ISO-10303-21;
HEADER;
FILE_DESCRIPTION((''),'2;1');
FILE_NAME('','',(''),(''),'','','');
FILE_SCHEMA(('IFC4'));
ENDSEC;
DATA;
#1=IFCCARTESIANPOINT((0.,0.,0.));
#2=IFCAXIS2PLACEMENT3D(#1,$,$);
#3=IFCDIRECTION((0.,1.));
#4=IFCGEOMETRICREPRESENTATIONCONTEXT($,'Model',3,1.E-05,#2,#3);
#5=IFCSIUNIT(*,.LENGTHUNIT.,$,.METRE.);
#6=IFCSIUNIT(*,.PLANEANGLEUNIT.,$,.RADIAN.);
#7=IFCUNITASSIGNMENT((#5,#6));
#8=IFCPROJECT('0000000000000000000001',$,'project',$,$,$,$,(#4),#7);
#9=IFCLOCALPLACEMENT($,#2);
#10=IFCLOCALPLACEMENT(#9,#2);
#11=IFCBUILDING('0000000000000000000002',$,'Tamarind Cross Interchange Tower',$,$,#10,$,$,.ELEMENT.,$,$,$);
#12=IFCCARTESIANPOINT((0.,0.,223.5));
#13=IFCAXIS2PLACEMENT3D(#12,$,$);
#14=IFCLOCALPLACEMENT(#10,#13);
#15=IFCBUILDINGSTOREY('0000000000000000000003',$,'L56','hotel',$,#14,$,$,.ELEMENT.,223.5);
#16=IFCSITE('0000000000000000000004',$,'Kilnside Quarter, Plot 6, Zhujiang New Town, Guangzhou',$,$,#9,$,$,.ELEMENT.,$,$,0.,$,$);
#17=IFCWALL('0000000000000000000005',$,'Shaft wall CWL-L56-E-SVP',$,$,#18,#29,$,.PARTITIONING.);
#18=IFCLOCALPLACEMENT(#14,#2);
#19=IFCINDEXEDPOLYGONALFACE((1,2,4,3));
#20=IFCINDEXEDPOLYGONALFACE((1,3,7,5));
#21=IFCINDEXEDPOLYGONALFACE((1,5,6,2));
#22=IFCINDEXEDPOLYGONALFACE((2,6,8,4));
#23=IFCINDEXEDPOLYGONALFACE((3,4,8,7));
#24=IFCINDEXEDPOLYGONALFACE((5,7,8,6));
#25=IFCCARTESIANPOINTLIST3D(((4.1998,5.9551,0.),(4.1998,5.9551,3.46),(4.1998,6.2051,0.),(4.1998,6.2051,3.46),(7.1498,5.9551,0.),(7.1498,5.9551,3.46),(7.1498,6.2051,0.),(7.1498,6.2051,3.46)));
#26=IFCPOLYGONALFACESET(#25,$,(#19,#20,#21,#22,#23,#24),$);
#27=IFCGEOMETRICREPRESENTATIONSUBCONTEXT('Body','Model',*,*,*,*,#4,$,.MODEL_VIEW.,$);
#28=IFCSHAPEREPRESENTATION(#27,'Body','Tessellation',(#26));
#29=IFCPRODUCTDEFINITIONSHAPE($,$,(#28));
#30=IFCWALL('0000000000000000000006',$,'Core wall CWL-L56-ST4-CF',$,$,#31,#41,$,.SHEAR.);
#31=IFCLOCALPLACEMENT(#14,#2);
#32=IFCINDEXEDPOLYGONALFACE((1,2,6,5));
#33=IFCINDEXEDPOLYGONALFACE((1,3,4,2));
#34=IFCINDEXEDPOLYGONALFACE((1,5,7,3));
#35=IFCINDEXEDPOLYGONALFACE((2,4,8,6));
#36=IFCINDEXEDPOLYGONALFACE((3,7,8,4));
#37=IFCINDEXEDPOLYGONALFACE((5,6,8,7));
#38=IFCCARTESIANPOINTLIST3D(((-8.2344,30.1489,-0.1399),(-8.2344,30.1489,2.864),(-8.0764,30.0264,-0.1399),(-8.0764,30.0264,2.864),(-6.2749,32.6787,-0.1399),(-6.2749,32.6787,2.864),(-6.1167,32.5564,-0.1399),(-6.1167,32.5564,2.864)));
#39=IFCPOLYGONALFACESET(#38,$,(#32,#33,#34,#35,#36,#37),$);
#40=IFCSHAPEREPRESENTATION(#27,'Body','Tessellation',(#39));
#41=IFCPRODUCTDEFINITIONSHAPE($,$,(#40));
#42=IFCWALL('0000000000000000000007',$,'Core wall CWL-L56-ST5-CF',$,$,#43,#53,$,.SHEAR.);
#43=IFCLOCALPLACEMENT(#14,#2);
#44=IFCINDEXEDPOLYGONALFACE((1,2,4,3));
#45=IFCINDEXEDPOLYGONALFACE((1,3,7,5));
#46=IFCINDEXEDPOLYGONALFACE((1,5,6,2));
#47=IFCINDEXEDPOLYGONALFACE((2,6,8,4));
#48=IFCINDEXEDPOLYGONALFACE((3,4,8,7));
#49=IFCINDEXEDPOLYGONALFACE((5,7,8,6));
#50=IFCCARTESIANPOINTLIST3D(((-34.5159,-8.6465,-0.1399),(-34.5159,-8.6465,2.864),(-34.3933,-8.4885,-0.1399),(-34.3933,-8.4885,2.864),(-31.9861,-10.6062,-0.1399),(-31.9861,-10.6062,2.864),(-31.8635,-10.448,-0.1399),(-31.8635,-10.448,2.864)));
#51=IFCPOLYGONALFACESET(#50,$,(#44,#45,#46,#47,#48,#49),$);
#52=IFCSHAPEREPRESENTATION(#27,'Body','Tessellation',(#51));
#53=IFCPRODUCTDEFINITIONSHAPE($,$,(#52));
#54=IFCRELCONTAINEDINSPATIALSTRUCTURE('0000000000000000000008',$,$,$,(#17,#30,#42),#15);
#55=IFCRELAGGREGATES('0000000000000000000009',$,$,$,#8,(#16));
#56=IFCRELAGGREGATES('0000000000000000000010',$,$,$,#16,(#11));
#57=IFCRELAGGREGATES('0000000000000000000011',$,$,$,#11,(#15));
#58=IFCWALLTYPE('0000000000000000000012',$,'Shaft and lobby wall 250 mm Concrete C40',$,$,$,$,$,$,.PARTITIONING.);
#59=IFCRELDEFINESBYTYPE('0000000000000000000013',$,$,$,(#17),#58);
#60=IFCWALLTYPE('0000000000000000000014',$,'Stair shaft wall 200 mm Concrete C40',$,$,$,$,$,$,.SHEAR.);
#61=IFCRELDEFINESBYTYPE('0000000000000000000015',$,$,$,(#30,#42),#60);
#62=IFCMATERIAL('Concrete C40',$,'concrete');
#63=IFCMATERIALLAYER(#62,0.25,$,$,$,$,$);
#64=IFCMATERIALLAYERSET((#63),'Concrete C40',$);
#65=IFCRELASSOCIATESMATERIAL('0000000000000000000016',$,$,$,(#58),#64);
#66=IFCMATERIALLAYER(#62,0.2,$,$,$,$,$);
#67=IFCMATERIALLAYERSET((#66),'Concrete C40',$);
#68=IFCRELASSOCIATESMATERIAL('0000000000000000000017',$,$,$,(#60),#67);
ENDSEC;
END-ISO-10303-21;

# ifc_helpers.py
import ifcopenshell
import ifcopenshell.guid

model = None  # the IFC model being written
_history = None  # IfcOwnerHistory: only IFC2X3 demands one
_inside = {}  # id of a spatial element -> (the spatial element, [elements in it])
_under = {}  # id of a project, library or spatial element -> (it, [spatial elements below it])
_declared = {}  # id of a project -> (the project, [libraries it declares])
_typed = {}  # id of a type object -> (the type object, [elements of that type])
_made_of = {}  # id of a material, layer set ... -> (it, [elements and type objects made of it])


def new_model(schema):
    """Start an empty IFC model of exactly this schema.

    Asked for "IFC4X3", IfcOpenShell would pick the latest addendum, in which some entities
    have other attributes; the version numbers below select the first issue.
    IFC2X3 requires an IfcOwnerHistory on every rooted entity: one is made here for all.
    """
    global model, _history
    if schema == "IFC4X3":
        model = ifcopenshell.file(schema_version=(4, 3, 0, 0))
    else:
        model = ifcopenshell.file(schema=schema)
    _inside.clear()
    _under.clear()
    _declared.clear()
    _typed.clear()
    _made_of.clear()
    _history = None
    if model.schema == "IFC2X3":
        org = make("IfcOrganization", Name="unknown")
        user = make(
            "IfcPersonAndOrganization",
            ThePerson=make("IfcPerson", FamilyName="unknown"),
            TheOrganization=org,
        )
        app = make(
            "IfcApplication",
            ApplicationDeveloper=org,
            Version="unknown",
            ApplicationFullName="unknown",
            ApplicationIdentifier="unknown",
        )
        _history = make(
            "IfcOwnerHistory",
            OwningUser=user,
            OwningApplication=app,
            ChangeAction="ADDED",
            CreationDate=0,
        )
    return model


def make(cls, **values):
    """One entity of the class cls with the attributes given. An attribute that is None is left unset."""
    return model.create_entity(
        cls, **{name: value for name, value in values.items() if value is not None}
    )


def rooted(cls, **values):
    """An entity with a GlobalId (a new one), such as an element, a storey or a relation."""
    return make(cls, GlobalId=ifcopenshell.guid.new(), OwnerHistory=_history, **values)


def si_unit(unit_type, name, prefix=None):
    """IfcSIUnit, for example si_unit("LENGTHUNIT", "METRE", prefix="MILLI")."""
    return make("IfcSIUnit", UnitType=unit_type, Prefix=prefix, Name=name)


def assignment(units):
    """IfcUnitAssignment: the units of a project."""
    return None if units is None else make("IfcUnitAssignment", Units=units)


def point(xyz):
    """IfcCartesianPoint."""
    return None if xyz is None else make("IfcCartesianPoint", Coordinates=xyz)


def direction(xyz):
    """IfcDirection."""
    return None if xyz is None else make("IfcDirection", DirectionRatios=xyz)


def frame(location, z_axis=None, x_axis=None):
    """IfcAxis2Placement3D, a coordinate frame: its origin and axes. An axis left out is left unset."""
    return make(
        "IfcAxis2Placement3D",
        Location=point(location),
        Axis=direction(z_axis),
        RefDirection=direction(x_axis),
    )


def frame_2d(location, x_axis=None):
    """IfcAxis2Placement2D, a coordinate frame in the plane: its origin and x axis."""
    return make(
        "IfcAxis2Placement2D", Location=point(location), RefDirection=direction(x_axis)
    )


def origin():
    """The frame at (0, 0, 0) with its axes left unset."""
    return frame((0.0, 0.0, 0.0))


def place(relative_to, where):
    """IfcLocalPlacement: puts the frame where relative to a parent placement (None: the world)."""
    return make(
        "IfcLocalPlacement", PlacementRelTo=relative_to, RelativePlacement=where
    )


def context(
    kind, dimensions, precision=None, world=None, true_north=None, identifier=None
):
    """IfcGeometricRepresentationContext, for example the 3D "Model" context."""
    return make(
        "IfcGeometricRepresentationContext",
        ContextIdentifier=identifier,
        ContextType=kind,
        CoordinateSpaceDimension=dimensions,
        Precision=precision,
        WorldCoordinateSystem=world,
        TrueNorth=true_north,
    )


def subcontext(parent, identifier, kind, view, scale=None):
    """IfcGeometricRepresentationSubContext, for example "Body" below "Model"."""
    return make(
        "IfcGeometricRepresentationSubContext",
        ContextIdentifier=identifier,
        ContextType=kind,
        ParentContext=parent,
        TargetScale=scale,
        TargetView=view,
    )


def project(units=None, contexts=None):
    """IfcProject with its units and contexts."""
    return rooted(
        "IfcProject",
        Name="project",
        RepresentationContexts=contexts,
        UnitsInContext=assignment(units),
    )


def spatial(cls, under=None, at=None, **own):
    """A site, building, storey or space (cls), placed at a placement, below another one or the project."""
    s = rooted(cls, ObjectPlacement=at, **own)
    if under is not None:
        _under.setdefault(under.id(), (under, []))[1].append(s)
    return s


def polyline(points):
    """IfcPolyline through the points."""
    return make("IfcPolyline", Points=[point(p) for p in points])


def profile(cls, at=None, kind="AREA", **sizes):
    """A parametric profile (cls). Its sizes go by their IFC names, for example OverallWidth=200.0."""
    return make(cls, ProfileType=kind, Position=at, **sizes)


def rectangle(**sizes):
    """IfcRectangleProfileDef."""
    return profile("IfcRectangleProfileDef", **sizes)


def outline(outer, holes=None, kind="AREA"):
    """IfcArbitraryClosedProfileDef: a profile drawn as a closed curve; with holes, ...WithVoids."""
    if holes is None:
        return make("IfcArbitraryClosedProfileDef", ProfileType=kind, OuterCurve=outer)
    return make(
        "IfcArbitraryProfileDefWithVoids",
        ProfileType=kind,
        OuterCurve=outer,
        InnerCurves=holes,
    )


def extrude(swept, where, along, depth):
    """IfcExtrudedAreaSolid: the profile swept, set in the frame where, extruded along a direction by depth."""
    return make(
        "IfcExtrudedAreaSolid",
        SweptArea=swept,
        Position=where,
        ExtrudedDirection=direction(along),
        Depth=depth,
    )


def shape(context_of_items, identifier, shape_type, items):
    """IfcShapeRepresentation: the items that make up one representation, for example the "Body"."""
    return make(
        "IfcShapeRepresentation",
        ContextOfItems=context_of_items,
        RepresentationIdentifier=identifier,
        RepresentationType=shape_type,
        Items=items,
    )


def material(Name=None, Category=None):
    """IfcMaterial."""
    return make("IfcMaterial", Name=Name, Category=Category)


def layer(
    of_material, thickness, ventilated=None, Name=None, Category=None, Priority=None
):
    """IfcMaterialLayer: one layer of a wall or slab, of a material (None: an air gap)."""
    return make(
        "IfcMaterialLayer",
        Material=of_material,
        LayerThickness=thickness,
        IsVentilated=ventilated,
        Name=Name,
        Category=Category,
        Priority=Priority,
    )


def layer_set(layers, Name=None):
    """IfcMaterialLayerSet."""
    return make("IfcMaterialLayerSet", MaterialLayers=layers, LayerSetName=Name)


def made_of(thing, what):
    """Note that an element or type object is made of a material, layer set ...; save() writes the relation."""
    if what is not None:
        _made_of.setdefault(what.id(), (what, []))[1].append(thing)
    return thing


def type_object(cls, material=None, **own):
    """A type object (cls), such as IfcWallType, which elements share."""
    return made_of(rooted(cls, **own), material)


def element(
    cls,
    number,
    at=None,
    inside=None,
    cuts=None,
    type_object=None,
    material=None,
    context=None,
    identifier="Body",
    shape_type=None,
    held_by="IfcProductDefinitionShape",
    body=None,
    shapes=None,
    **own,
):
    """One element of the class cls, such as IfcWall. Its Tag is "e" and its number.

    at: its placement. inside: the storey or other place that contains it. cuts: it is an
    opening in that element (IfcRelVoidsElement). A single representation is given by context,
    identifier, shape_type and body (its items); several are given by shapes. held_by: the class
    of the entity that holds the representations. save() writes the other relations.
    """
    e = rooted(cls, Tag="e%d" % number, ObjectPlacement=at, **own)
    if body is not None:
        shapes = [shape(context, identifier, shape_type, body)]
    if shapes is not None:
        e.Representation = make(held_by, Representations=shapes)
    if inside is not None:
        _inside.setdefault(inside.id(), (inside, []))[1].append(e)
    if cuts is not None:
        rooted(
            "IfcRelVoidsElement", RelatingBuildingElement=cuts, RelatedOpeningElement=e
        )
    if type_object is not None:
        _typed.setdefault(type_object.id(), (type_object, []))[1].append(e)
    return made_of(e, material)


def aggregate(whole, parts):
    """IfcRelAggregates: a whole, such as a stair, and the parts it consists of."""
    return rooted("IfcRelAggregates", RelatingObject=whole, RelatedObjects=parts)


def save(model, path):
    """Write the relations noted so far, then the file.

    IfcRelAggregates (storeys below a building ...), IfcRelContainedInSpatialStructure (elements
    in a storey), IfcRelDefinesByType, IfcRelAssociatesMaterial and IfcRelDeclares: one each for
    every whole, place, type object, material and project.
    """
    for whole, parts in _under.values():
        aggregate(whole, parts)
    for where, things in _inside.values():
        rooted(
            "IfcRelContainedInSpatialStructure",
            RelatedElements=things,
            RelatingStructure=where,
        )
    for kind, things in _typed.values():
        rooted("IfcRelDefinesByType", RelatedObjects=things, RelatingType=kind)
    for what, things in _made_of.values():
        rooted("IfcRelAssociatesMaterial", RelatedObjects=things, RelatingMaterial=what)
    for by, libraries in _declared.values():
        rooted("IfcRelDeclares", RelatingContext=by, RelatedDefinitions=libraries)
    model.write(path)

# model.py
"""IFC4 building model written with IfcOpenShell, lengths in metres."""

from ifc_helpers import new_model, si_unit, direction, frame, frame_2d, origin, place, context, subcontext, project, spatial, polyline, rectangle, outline, extrude, material, layer, layer_set, type_object, element, save


model = new_model("IFC4")

# Units and contexts
model_context = context("Model", 3, precision=1e-05, world=origin(), true_north=direction((0.0, 1.0)))
body_context = subcontext(model_context, "Body", "Model", "MODEL_VIEW")
ifc_project = project(units=[si_unit("LENGTHUNIT", "METRE"), si_unit("PLANEANGLEUNIT", "RADIAN")], contexts=[model_context])

# Site, building, storey
site_placement = place(None, origin())
site = spatial("IfcSite", under=ifc_project, at=site_placement, Name="Kilnside Quarter, Plot 6, Zhujiang New Town, Guangzhou", CompositionType="ELEMENT", RefElevation=0.0)
building_placement = place(site_placement, origin())
building = spatial("IfcBuilding", under=site, at=building_placement, Name="Tamarind Cross Interchange Tower", CompositionType="ELEMENT")
storey_placement = place(building_placement, frame((0.0, 0.0, 223.5)))
storey = spatial("IfcBuildingStorey", under=building, at=storey_placement, Name="L56", Description="hotel", CompositionType="ELEMENT", Elevation=223.5)

# Shared definitions
ifc_material_1 = material(Name="Concrete C40", Category="concrete")

# Walls
ifc_layer_1 = layer(ifc_material_1, 0.25)
ifc_layer_set_1 = layer_set([ifc_layer_1], Name="Concrete C40")
wall_type_1 = type_object("IfcWallType", Name="Shaft and lobby wall 250 mm Concrete C40", PredefinedType="PARTITIONING", material=ifc_layer_set_1)
wall_1_placement = place(storey_placement, frame((7.1499, 6.0801, 0.0), z_axis=(0.0, 0.0, 1.0), x_axis=(-1.0, 0.0, 0.0)))
element("IfcWall", 1, at=wall_1_placement, inside=storey, type_object=wall_type_1, Name="Shaft wall CWL-L56-E-SVP", PredefinedType="PARTITIONING", context=body_context, shape_type="SweptSolid", body=[
    extrude(rectangle(XDim=2.95, YDim=0.25, at=frame_2d((1.4751, 0.0))), origin(), (0.0, 0.0, 1.0), 3.46),
])
ifc_layer_2 = layer(ifc_material_1, 0.2)
ifc_layer_set_2 = layer_set([ifc_layer_2], Name="Concrete C40")
wall_type_2 = type_object("IfcWallType", Name="Stair shaft wall 200 mm Concrete C40", PredefinedType="SHEAR", material=ifc_layer_set_2)
wall_2_placement = place(storey_placement, frame((0.0, 0.0, -0.1399)))
element("IfcWall", 2, at=wall_2_placement, inside=storey, type_object=wall_type_2, Name="Core wall CWL-L56-ST4-CF", PredefinedType="SHEAR", context=body_context, shape_type="SweptSolid", body=[
    extrude(outline(polyline([(-6.1167, 32.5564), (-6.2749, 32.6787), (-8.2344, 30.1489), (-8.0764, 30.0264), (-6.1167, 32.5564)])), origin(), (0.0, 0.0, 1.0), 3.0039),
])
wall_3_placement = place(storey_placement, frame((0.0, 0.0, -0.1399)))
element("IfcWall", 3, at=wall_3_placement, inside=storey, type_object=wall_type_2, Name="Core wall CWL-L56-ST5-CF", PredefinedType="SHEAR", context=body_context, shape_type="SweptSolid", body=[
    extrude(outline(polyline([(-34.3933, -8.4885), (-34.5159, -8.6465), (-31.9861, -10.6062), (-31.8635, -10.448), (-34.3933, -8.4885)])), origin(), (0.0, 0.0, 1.0), 3.0039),
])

save(model, "model.ifc")
